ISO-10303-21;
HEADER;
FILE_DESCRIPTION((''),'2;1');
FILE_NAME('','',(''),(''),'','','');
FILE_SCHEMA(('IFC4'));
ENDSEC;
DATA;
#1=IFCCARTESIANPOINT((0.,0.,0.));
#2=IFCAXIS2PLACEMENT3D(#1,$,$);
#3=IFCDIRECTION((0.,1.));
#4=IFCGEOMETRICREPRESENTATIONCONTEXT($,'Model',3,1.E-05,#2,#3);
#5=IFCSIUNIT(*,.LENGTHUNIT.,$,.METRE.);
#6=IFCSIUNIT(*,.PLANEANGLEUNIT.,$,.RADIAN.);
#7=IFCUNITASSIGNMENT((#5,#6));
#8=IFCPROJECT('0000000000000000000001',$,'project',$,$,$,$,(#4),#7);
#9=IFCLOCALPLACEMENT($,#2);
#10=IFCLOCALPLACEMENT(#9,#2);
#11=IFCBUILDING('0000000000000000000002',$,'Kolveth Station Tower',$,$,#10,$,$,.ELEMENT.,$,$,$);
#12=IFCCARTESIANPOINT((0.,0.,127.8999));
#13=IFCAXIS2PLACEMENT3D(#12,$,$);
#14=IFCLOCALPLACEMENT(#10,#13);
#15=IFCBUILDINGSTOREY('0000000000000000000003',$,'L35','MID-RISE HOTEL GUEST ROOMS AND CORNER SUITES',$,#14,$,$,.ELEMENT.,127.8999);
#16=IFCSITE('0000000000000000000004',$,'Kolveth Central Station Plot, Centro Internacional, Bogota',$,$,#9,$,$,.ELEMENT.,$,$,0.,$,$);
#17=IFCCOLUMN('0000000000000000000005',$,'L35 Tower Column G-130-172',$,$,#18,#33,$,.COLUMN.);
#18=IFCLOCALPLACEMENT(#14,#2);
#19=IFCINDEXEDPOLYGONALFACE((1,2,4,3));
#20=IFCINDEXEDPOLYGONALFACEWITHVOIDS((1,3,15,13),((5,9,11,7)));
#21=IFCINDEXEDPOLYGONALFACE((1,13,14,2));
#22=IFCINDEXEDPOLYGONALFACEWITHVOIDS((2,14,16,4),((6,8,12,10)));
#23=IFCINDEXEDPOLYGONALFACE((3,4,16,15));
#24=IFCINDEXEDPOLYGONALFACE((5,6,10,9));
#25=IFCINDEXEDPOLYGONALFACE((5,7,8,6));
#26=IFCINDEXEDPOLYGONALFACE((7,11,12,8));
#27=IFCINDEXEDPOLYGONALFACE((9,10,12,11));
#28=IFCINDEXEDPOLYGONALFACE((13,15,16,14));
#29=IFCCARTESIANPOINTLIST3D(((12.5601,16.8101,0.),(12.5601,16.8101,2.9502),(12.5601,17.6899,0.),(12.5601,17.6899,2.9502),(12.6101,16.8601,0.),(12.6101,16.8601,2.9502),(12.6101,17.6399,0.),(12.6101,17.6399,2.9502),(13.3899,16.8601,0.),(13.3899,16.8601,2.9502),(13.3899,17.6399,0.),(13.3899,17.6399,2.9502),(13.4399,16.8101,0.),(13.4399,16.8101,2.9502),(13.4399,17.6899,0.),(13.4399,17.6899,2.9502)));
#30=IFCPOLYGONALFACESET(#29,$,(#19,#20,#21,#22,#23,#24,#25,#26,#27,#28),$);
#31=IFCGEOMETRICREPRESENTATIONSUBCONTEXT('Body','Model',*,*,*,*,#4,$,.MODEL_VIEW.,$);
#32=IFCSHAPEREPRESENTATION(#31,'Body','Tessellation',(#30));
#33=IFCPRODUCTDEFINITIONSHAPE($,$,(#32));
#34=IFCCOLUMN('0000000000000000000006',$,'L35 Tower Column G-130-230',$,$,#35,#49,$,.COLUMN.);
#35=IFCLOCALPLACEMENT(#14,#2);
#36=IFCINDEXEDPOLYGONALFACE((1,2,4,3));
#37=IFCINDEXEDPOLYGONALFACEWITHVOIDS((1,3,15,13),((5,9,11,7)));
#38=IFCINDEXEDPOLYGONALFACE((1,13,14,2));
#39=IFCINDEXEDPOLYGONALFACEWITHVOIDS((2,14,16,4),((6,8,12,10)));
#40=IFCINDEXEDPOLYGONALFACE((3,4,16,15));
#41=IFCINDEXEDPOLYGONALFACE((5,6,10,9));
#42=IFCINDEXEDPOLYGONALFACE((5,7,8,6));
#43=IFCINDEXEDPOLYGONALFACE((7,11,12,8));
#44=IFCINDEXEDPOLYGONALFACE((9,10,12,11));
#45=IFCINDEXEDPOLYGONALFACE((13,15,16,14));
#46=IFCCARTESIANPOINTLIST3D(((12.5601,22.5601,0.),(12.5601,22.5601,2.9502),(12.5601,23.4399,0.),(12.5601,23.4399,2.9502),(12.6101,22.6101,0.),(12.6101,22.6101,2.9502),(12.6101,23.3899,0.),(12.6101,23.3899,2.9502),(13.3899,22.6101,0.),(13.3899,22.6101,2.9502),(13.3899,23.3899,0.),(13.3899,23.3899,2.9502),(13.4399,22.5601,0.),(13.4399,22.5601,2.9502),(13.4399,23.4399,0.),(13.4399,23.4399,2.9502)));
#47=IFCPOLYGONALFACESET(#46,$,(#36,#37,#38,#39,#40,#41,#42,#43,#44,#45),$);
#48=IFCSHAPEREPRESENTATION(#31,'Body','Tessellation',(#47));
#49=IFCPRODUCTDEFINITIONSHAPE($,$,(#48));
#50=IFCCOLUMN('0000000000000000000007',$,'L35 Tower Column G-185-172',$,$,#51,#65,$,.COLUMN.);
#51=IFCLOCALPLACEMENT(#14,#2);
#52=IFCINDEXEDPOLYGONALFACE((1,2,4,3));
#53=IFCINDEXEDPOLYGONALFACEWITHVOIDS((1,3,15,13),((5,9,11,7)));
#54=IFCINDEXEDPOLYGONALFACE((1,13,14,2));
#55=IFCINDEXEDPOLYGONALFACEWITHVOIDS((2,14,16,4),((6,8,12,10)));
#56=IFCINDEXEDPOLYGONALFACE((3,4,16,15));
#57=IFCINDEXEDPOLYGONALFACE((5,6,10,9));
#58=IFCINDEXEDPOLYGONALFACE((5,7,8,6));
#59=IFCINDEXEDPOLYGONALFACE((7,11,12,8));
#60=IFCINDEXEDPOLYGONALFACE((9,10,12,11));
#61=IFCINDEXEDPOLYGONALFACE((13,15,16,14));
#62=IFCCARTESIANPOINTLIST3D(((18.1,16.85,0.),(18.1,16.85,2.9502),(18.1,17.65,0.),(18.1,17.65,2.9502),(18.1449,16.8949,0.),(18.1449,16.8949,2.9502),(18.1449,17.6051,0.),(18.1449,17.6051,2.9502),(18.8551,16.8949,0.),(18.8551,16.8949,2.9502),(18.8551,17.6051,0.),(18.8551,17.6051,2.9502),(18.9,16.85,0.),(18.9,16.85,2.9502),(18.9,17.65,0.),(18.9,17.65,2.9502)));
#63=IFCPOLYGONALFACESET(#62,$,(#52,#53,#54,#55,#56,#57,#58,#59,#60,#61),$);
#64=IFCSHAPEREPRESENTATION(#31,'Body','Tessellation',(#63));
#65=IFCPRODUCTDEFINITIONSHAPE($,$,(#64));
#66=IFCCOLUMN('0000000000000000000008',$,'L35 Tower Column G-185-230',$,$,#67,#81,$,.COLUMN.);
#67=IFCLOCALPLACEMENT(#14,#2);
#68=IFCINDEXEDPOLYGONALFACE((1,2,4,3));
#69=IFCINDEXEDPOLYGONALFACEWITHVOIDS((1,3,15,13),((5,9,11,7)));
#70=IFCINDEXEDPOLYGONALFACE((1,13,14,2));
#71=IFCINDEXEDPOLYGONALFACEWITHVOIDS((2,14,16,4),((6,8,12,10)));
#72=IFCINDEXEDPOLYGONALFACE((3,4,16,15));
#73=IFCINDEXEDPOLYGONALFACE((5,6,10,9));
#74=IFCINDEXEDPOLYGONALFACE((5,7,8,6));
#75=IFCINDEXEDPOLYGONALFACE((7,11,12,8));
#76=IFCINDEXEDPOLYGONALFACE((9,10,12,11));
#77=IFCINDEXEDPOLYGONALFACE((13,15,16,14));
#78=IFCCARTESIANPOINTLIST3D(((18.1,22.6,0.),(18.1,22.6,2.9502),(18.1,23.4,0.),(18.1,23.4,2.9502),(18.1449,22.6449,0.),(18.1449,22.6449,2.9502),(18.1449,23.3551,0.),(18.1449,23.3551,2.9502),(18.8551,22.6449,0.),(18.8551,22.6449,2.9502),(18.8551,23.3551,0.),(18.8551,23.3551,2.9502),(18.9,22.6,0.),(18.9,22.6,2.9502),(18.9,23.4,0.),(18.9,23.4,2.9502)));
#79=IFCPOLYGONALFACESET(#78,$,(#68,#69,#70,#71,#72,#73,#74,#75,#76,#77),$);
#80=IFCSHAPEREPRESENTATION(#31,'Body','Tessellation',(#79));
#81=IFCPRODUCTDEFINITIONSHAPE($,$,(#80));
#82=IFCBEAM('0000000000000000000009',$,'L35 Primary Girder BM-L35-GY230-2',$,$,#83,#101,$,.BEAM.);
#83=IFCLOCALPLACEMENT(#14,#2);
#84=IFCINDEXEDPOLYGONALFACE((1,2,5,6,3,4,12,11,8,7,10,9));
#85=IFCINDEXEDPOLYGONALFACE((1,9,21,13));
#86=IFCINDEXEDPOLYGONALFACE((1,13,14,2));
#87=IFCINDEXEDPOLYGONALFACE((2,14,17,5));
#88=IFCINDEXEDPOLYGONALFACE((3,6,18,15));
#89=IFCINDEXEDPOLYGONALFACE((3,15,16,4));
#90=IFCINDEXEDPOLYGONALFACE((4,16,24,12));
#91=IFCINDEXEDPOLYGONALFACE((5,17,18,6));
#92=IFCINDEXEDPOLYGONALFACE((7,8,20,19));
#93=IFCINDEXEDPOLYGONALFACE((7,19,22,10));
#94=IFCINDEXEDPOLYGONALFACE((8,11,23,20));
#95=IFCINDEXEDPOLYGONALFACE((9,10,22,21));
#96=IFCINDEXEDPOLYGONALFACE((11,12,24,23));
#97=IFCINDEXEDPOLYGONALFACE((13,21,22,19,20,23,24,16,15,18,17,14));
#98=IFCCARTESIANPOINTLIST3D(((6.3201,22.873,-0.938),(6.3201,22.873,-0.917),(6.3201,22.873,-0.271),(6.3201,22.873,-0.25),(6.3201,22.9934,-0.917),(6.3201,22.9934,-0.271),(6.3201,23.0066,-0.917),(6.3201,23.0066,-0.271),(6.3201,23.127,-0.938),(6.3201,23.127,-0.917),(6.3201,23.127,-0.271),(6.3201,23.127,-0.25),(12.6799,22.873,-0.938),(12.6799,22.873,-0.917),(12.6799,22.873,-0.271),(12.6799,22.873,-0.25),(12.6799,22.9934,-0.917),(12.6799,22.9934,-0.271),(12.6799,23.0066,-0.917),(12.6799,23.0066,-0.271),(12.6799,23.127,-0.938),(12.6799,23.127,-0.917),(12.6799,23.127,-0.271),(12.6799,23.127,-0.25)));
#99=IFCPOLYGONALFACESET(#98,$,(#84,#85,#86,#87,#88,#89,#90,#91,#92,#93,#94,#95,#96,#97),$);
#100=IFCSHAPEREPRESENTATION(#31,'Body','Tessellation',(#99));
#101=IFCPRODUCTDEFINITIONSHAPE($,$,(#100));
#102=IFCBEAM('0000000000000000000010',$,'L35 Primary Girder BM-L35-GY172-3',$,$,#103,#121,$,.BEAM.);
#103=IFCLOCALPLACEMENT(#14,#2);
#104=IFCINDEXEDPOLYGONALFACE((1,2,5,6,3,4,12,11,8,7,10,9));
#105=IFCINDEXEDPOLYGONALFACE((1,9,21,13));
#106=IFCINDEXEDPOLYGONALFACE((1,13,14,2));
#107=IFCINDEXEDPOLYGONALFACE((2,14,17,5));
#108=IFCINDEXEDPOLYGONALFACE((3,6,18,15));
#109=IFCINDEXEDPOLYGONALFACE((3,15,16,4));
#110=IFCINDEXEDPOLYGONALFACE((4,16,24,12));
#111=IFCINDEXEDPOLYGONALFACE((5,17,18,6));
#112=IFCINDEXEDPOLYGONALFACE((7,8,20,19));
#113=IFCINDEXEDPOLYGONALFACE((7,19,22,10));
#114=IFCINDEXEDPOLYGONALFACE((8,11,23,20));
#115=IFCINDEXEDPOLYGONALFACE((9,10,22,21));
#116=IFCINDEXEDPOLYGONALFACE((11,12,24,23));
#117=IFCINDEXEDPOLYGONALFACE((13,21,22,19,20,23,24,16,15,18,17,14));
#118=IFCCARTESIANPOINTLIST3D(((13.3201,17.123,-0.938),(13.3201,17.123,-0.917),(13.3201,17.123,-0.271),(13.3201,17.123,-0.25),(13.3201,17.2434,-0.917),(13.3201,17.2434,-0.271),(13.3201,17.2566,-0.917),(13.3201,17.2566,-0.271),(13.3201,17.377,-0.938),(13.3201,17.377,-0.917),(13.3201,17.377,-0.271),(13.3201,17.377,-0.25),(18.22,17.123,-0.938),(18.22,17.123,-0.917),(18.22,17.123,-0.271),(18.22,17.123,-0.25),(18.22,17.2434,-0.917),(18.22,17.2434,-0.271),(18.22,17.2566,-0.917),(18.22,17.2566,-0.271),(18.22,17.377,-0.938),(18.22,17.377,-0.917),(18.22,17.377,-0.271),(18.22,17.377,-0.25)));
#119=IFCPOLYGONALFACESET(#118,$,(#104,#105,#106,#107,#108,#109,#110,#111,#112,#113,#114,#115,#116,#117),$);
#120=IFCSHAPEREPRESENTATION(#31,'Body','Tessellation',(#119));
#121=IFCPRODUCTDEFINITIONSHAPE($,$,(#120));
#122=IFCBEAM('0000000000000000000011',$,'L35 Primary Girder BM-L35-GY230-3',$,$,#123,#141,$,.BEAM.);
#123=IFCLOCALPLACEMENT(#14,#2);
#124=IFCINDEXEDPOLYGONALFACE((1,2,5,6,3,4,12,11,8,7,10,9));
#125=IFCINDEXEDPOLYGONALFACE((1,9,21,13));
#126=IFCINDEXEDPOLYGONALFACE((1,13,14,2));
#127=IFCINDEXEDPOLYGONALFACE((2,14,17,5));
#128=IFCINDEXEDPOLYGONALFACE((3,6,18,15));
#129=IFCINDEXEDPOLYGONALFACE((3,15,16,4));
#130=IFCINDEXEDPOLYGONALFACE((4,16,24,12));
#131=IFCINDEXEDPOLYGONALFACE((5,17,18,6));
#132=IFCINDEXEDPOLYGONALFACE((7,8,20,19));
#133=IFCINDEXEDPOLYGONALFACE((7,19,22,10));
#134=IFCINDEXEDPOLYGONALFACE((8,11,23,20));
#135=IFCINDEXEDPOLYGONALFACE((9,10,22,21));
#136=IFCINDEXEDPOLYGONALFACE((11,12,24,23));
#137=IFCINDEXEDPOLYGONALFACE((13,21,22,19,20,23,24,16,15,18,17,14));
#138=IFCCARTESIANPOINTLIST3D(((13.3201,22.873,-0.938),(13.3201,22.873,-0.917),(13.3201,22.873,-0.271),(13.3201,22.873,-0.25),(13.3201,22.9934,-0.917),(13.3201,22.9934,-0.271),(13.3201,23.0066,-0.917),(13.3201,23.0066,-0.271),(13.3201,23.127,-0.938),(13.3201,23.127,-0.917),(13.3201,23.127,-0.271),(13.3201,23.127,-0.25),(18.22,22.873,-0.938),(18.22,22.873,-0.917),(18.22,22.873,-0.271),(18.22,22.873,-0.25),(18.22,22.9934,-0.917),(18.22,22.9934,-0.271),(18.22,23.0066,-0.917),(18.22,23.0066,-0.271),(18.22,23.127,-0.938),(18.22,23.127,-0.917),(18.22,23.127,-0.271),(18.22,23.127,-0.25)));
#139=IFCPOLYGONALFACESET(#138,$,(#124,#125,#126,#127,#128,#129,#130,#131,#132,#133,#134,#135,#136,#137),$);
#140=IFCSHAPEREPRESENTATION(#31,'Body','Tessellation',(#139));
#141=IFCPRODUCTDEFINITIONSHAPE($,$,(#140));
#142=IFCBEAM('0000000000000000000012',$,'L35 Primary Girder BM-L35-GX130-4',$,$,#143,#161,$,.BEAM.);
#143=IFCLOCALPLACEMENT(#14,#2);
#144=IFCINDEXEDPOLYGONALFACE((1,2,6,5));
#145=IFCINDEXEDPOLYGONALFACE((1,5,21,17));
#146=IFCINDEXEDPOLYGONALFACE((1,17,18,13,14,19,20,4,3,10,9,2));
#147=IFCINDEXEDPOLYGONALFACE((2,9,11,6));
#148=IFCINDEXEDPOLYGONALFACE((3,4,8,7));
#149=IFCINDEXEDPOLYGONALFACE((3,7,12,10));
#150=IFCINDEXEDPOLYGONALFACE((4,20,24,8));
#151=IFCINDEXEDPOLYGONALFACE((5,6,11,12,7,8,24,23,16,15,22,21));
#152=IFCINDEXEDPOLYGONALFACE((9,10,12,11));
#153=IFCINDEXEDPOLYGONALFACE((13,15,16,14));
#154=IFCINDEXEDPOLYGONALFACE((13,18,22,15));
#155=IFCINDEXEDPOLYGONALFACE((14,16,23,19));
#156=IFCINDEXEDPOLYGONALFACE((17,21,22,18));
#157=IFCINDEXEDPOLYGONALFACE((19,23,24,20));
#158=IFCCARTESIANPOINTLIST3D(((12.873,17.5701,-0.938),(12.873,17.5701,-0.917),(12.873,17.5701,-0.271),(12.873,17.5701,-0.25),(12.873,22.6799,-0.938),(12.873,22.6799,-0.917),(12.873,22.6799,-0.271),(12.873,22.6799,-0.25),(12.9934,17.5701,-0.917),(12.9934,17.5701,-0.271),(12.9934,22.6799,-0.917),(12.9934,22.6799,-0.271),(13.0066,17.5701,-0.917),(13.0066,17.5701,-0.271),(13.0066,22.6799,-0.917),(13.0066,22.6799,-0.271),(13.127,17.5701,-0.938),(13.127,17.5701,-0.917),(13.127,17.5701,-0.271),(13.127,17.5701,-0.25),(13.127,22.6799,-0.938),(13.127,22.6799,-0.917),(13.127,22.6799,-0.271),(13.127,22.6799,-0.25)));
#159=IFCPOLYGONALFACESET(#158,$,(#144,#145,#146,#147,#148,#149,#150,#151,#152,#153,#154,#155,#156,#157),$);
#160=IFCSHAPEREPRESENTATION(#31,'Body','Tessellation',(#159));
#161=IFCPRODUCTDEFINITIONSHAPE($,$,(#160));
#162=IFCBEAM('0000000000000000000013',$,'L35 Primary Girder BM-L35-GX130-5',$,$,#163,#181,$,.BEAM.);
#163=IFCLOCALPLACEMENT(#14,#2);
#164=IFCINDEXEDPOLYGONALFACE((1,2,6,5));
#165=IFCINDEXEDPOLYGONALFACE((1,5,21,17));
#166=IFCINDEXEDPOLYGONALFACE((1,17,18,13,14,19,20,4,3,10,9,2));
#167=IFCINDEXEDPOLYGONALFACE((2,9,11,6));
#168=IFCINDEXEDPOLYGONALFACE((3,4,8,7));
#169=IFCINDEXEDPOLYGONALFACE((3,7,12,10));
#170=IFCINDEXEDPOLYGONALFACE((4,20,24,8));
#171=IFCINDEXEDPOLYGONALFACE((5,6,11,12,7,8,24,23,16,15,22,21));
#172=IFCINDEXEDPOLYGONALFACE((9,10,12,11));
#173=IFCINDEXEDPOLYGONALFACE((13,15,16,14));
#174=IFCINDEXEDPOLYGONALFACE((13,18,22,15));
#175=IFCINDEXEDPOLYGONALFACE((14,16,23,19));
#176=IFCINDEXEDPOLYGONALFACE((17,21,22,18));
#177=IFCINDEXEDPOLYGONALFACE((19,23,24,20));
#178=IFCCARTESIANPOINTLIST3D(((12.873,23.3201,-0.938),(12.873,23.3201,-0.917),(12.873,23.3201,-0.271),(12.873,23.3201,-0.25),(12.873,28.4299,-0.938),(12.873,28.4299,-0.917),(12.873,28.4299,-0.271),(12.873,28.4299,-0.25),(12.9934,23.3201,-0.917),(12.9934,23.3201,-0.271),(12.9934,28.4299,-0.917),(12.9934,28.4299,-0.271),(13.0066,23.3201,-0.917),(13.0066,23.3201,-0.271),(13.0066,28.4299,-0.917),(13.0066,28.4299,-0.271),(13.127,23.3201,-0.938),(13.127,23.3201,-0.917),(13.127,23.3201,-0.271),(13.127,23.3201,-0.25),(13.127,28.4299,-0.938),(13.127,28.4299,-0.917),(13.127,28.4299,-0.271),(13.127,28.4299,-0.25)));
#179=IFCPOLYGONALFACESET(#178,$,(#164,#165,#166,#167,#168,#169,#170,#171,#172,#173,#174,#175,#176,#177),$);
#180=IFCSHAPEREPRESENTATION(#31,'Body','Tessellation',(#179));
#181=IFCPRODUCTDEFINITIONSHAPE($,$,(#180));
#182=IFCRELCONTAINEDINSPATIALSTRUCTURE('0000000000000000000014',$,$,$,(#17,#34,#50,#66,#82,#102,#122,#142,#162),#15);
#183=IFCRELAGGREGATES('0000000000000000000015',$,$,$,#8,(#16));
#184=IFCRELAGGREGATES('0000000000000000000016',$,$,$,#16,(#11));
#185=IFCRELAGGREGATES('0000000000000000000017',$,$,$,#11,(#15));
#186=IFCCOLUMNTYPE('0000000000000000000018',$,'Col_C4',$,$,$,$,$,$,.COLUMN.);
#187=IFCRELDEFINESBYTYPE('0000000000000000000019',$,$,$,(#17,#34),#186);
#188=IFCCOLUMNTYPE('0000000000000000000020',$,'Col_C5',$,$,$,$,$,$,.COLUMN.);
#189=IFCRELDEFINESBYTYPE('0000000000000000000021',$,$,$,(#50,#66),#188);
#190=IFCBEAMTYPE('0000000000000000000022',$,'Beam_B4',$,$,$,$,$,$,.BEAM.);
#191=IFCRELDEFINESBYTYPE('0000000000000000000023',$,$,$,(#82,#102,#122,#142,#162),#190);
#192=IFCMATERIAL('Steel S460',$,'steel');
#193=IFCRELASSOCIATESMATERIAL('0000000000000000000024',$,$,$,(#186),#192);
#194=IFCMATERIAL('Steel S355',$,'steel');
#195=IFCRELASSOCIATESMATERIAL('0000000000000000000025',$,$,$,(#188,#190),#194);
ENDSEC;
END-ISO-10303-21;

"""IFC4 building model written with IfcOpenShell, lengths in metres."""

from ifc_helpers import new_model, si_unit, direction, frame, origin, origin_2d, place, context, subcontext, project, spatial, hollow_rectangle, i_section, extrude, source, transform, mapped, material, material_profile, profile_set, type_object, element, save


model = new_model("IFC4")

# Units and contexts
model_context = context("Model", 3, precision=1e-05, world=origin(), true_north=direction((0.0, 1.0)))
body_context = subcontext(model_context, "Body", "Model", "MODEL_VIEW")
ifc_project = project(units=[si_unit("LENGTHUNIT", "METRE"), si_unit("PLANEANGLEUNIT", "RADIAN")], contexts=[model_context])

# Site, building, storey
site_placement = place(None, origin())
site = spatial("IfcSite", under=ifc_project, at=site_placement, Name="Kolveth Central Station Plot, Centro Internacional, Bogota", CompositionType="ELEMENT", RefElevation=0.0)
building_placement = place(site_placement, origin())
building = spatial("IfcBuilding", under=site, at=building_placement, Name="Kolveth Station Tower", CompositionType="ELEMENT")
storey_placement = place(building_placement, frame((0.0, 0.0, 127.8999)))
storey = spatial("IfcBuildingStorey", under=building, at=storey_placement, Name="L35", Description="MID-RISE HOTEL GUEST ROOMS AND CORNER SUITES", CompositionType="ELEMENT", Elevation=127.8999)

# Columns
ifc_material_1 = material(Name="Steel S460", Category="steel")
ifc_material_profile_1 = material_profile(ifc_material_1, hollow_rectangle(XDim=0.8799, YDim=0.8799, WallThickness=0.05, at=origin_2d()), Name="BOX880x880x50")
ifc_profile_set_1 = profile_set([ifc_material_profile_1], Name="Steel S460")
column_type_1 = type_object("IfcColumnType", Name="Col_C4", PredefinedType="COLUMN", material=ifc_profile_set_1)
shared_shape_1 = source(origin(), body_context, "Body", "SweptSolid", [
    extrude(hollow_rectangle(XDim=0.8799, YDim=0.8799, WallThickness=0.05, at=origin_2d()), origin(), (0.0, 0.0, 1.0), 2.9502),
])
for number, where, z_axis, x_axis, name in (
    (1, (13.0, 17.25, 0.0), (0.0, 0.0, 1.0), (1.0, 0.0, 0.0), "L35 Tower Column G-130-172"),
    (2, (13.0, 23.0, 0.0), (0.0, 0.0, 1.0), (1.0, 0.0, 0.0), "L35 Tower Column G-130-230"),
):
    element("IfcColumn", number, at=place(storey_placement, frame(where, z_axis=z_axis, x_axis=x_axis)), inside=storey, type_object=column_type_1, Name=name, PredefinedType="COLUMN", context=body_context, shape_type="MappedRepresentation", body=[
        mapped(shared_shape_1, transform((0.0, 0.0, 0.0), x_axis=(1.0, 0.0, 0.0), y_axis=(0.0, 1.0, 0.0), z_axis=(0.0, 0.0, 1.0), scale=1.0)),
    ])
ifc_material_2 = material(Name="Steel S355", Category="steel")
ifc_material_profile_2 = material_profile(ifc_material_2, hollow_rectangle(XDim=0.8, YDim=0.8, WallThickness=0.0449, at=origin_2d()), Name="BOX800x800x45")
ifc_profile_set_2 = profile_set([ifc_material_profile_2], Name="Steel S355")
column_type_2 = type_object("IfcColumnType", Name="Col_C5", PredefinedType="COLUMN", material=ifc_profile_set_2)
shared_shape_2 = source(origin(), body_context, "Body", "SweptSolid", [
    extrude(hollow_rectangle(XDim=0.8, YDim=0.8, WallThickness=0.0449, at=origin_2d()), origin(), (0.0, 0.0, 1.0), 2.9502),
])
for number, where, z_axis, x_axis, name in (
    (3, (18.5, 17.25, 0.0), (0.0, 0.0, 1.0), (1.0, 0.0, 0.0), "L35 Tower Column G-185-172"),
    (4, (18.5, 23.0, 0.0), (0.0, 0.0, 1.0), (1.0, 0.0, 0.0), "L35 Tower Column G-185-230"),
):
    element("IfcColumn", number, at=place(storey_placement, frame(where, z_axis=z_axis, x_axis=x_axis)), inside=storey, type_object=column_type_2, Name=name, PredefinedType="COLUMN", context=body_context, shape_type="MappedRepresentation", body=[
        mapped(shared_shape_2, transform((0.0, 0.0, 0.0), x_axis=(1.0, 0.0, 0.0), y_axis=(0.0, 1.0, 0.0), z_axis=(0.0, 0.0, 1.0), scale=1.0)),
    ])

# Beams
ifc_material_profile_3 = material_profile(ifc_material_2, i_section(OverallWidth=0.2539, OverallDepth=0.688, WebThickness=0.0132, FlangeThickness=0.021, at=origin_2d()), Name="W690x152")
ifc_profile_set_3 = profile_set([ifc_material_profile_3], Name="Steel S355")
beam_type_1 = type_object("IfcBeamType", Name="Beam_B4", PredefinedType="BEAM", material=ifc_profile_set_3)
shared_shape_3 = source(origin(), body_context, "Body", "SweptSolid", [
    extrude(i_section(OverallWidth=0.2539, OverallDepth=0.688, WebThickness=0.0132, FlangeThickness=0.021, at=origin_2d()), origin(), (0.0, 0.0, 1.0), 6.3599),
])
beam_1_placement = place(storey_placement, frame((6.3201, 23.0, -0.594), z_axis=(1.0, 0.0, 0.0), x_axis=(0.0, 1.0, 0.0)))
element("IfcBeam", 5, at=beam_1_placement, inside=storey, type_object=beam_type_1, Name="L35 Primary Girder BM-L35-GY230-2", PredefinedType="BEAM", context=body_context, shape_type="MappedRepresentation", body=[
    mapped(shared_shape_3, transform((0.0, 0.0, 0.0), x_axis=(1.0, 0.0, 0.0), y_axis=(0.0, 1.0, 0.0), z_axis=(0.0, 0.0, 1.0), scale=1.0)),
])
shared_shape_4 = source(origin(), body_context, "Body", "SweptSolid", [
    extrude(i_section(OverallWidth=0.2539, OverallDepth=0.688, WebThickness=0.0132, FlangeThickness=0.021, at=origin_2d()), origin(), (0.0, 0.0, 1.0), 4.8999),
])
for number, where, z_axis, x_axis, name in (
    (6, (13.3201, 17.25, -0.594), (1.0, 0.0, 0.0), (0.0, 1.0, 0.0), "L35 Primary Girder BM-L35-GY172-3"),
    (7, (13.3201, 23.0, -0.594), (1.0, 0.0, 0.0), (0.0, 1.0, 0.0), "L35 Primary Girder BM-L35-GY230-3"),
):
    element("IfcBeam", number, at=place(storey_placement, frame(where, z_axis=z_axis, x_axis=x_axis)), inside=storey, type_object=beam_type_1, Name=name, PredefinedType="BEAM", context=body_context, shape_type="MappedRepresentation", body=[
        mapped(shared_shape_4, transform((0.0, 0.0, 0.0), x_axis=(1.0, 0.0, 0.0), y_axis=(0.0, 1.0, 0.0), z_axis=(0.0, 0.0, 1.0), scale=1.0)),
    ])
shared_shape_5 = source(origin(), body_context, "Body", "SweptSolid", [
    extrude(i_section(OverallWidth=0.2539, OverallDepth=0.688, WebThickness=0.0132, FlangeThickness=0.021, at=origin_2d()), origin(), (0.0, 0.0, 1.0), 5.1099),
])
for number, where, z_axis, x_axis, name in (
    (8, (13.0, 17.5701, -0.594), (0.0, 1.0, 0.0), (-1.0, 0.0, 0.0), "L35 Primary Girder BM-L35-GX130-4"),
    (9, (13.0, 23.3201, -0.594), (0.0, 1.0, 0.0), (-1.0, 0.0, 0.0), "L35 Primary Girder BM-L35-GX130-5"),
):
    element("IfcBeam", number, at=place(storey_placement, frame(where, z_axis=z_axis, x_axis=x_axis)), inside=storey, type_object=beam_type_1, Name=name, PredefinedType="BEAM", context=body_context, shape_type="MappedRepresentation", body=[
        mapped(shared_shape_5, transform((0.0, 0.0, 0.0), x_axis=(1.0, 0.0, 0.0), y_axis=(0.0, 1.0, 0.0), z_axis=(0.0, 0.0, 1.0), scale=1.0)),
    ])

save(model, "model.ifc")
